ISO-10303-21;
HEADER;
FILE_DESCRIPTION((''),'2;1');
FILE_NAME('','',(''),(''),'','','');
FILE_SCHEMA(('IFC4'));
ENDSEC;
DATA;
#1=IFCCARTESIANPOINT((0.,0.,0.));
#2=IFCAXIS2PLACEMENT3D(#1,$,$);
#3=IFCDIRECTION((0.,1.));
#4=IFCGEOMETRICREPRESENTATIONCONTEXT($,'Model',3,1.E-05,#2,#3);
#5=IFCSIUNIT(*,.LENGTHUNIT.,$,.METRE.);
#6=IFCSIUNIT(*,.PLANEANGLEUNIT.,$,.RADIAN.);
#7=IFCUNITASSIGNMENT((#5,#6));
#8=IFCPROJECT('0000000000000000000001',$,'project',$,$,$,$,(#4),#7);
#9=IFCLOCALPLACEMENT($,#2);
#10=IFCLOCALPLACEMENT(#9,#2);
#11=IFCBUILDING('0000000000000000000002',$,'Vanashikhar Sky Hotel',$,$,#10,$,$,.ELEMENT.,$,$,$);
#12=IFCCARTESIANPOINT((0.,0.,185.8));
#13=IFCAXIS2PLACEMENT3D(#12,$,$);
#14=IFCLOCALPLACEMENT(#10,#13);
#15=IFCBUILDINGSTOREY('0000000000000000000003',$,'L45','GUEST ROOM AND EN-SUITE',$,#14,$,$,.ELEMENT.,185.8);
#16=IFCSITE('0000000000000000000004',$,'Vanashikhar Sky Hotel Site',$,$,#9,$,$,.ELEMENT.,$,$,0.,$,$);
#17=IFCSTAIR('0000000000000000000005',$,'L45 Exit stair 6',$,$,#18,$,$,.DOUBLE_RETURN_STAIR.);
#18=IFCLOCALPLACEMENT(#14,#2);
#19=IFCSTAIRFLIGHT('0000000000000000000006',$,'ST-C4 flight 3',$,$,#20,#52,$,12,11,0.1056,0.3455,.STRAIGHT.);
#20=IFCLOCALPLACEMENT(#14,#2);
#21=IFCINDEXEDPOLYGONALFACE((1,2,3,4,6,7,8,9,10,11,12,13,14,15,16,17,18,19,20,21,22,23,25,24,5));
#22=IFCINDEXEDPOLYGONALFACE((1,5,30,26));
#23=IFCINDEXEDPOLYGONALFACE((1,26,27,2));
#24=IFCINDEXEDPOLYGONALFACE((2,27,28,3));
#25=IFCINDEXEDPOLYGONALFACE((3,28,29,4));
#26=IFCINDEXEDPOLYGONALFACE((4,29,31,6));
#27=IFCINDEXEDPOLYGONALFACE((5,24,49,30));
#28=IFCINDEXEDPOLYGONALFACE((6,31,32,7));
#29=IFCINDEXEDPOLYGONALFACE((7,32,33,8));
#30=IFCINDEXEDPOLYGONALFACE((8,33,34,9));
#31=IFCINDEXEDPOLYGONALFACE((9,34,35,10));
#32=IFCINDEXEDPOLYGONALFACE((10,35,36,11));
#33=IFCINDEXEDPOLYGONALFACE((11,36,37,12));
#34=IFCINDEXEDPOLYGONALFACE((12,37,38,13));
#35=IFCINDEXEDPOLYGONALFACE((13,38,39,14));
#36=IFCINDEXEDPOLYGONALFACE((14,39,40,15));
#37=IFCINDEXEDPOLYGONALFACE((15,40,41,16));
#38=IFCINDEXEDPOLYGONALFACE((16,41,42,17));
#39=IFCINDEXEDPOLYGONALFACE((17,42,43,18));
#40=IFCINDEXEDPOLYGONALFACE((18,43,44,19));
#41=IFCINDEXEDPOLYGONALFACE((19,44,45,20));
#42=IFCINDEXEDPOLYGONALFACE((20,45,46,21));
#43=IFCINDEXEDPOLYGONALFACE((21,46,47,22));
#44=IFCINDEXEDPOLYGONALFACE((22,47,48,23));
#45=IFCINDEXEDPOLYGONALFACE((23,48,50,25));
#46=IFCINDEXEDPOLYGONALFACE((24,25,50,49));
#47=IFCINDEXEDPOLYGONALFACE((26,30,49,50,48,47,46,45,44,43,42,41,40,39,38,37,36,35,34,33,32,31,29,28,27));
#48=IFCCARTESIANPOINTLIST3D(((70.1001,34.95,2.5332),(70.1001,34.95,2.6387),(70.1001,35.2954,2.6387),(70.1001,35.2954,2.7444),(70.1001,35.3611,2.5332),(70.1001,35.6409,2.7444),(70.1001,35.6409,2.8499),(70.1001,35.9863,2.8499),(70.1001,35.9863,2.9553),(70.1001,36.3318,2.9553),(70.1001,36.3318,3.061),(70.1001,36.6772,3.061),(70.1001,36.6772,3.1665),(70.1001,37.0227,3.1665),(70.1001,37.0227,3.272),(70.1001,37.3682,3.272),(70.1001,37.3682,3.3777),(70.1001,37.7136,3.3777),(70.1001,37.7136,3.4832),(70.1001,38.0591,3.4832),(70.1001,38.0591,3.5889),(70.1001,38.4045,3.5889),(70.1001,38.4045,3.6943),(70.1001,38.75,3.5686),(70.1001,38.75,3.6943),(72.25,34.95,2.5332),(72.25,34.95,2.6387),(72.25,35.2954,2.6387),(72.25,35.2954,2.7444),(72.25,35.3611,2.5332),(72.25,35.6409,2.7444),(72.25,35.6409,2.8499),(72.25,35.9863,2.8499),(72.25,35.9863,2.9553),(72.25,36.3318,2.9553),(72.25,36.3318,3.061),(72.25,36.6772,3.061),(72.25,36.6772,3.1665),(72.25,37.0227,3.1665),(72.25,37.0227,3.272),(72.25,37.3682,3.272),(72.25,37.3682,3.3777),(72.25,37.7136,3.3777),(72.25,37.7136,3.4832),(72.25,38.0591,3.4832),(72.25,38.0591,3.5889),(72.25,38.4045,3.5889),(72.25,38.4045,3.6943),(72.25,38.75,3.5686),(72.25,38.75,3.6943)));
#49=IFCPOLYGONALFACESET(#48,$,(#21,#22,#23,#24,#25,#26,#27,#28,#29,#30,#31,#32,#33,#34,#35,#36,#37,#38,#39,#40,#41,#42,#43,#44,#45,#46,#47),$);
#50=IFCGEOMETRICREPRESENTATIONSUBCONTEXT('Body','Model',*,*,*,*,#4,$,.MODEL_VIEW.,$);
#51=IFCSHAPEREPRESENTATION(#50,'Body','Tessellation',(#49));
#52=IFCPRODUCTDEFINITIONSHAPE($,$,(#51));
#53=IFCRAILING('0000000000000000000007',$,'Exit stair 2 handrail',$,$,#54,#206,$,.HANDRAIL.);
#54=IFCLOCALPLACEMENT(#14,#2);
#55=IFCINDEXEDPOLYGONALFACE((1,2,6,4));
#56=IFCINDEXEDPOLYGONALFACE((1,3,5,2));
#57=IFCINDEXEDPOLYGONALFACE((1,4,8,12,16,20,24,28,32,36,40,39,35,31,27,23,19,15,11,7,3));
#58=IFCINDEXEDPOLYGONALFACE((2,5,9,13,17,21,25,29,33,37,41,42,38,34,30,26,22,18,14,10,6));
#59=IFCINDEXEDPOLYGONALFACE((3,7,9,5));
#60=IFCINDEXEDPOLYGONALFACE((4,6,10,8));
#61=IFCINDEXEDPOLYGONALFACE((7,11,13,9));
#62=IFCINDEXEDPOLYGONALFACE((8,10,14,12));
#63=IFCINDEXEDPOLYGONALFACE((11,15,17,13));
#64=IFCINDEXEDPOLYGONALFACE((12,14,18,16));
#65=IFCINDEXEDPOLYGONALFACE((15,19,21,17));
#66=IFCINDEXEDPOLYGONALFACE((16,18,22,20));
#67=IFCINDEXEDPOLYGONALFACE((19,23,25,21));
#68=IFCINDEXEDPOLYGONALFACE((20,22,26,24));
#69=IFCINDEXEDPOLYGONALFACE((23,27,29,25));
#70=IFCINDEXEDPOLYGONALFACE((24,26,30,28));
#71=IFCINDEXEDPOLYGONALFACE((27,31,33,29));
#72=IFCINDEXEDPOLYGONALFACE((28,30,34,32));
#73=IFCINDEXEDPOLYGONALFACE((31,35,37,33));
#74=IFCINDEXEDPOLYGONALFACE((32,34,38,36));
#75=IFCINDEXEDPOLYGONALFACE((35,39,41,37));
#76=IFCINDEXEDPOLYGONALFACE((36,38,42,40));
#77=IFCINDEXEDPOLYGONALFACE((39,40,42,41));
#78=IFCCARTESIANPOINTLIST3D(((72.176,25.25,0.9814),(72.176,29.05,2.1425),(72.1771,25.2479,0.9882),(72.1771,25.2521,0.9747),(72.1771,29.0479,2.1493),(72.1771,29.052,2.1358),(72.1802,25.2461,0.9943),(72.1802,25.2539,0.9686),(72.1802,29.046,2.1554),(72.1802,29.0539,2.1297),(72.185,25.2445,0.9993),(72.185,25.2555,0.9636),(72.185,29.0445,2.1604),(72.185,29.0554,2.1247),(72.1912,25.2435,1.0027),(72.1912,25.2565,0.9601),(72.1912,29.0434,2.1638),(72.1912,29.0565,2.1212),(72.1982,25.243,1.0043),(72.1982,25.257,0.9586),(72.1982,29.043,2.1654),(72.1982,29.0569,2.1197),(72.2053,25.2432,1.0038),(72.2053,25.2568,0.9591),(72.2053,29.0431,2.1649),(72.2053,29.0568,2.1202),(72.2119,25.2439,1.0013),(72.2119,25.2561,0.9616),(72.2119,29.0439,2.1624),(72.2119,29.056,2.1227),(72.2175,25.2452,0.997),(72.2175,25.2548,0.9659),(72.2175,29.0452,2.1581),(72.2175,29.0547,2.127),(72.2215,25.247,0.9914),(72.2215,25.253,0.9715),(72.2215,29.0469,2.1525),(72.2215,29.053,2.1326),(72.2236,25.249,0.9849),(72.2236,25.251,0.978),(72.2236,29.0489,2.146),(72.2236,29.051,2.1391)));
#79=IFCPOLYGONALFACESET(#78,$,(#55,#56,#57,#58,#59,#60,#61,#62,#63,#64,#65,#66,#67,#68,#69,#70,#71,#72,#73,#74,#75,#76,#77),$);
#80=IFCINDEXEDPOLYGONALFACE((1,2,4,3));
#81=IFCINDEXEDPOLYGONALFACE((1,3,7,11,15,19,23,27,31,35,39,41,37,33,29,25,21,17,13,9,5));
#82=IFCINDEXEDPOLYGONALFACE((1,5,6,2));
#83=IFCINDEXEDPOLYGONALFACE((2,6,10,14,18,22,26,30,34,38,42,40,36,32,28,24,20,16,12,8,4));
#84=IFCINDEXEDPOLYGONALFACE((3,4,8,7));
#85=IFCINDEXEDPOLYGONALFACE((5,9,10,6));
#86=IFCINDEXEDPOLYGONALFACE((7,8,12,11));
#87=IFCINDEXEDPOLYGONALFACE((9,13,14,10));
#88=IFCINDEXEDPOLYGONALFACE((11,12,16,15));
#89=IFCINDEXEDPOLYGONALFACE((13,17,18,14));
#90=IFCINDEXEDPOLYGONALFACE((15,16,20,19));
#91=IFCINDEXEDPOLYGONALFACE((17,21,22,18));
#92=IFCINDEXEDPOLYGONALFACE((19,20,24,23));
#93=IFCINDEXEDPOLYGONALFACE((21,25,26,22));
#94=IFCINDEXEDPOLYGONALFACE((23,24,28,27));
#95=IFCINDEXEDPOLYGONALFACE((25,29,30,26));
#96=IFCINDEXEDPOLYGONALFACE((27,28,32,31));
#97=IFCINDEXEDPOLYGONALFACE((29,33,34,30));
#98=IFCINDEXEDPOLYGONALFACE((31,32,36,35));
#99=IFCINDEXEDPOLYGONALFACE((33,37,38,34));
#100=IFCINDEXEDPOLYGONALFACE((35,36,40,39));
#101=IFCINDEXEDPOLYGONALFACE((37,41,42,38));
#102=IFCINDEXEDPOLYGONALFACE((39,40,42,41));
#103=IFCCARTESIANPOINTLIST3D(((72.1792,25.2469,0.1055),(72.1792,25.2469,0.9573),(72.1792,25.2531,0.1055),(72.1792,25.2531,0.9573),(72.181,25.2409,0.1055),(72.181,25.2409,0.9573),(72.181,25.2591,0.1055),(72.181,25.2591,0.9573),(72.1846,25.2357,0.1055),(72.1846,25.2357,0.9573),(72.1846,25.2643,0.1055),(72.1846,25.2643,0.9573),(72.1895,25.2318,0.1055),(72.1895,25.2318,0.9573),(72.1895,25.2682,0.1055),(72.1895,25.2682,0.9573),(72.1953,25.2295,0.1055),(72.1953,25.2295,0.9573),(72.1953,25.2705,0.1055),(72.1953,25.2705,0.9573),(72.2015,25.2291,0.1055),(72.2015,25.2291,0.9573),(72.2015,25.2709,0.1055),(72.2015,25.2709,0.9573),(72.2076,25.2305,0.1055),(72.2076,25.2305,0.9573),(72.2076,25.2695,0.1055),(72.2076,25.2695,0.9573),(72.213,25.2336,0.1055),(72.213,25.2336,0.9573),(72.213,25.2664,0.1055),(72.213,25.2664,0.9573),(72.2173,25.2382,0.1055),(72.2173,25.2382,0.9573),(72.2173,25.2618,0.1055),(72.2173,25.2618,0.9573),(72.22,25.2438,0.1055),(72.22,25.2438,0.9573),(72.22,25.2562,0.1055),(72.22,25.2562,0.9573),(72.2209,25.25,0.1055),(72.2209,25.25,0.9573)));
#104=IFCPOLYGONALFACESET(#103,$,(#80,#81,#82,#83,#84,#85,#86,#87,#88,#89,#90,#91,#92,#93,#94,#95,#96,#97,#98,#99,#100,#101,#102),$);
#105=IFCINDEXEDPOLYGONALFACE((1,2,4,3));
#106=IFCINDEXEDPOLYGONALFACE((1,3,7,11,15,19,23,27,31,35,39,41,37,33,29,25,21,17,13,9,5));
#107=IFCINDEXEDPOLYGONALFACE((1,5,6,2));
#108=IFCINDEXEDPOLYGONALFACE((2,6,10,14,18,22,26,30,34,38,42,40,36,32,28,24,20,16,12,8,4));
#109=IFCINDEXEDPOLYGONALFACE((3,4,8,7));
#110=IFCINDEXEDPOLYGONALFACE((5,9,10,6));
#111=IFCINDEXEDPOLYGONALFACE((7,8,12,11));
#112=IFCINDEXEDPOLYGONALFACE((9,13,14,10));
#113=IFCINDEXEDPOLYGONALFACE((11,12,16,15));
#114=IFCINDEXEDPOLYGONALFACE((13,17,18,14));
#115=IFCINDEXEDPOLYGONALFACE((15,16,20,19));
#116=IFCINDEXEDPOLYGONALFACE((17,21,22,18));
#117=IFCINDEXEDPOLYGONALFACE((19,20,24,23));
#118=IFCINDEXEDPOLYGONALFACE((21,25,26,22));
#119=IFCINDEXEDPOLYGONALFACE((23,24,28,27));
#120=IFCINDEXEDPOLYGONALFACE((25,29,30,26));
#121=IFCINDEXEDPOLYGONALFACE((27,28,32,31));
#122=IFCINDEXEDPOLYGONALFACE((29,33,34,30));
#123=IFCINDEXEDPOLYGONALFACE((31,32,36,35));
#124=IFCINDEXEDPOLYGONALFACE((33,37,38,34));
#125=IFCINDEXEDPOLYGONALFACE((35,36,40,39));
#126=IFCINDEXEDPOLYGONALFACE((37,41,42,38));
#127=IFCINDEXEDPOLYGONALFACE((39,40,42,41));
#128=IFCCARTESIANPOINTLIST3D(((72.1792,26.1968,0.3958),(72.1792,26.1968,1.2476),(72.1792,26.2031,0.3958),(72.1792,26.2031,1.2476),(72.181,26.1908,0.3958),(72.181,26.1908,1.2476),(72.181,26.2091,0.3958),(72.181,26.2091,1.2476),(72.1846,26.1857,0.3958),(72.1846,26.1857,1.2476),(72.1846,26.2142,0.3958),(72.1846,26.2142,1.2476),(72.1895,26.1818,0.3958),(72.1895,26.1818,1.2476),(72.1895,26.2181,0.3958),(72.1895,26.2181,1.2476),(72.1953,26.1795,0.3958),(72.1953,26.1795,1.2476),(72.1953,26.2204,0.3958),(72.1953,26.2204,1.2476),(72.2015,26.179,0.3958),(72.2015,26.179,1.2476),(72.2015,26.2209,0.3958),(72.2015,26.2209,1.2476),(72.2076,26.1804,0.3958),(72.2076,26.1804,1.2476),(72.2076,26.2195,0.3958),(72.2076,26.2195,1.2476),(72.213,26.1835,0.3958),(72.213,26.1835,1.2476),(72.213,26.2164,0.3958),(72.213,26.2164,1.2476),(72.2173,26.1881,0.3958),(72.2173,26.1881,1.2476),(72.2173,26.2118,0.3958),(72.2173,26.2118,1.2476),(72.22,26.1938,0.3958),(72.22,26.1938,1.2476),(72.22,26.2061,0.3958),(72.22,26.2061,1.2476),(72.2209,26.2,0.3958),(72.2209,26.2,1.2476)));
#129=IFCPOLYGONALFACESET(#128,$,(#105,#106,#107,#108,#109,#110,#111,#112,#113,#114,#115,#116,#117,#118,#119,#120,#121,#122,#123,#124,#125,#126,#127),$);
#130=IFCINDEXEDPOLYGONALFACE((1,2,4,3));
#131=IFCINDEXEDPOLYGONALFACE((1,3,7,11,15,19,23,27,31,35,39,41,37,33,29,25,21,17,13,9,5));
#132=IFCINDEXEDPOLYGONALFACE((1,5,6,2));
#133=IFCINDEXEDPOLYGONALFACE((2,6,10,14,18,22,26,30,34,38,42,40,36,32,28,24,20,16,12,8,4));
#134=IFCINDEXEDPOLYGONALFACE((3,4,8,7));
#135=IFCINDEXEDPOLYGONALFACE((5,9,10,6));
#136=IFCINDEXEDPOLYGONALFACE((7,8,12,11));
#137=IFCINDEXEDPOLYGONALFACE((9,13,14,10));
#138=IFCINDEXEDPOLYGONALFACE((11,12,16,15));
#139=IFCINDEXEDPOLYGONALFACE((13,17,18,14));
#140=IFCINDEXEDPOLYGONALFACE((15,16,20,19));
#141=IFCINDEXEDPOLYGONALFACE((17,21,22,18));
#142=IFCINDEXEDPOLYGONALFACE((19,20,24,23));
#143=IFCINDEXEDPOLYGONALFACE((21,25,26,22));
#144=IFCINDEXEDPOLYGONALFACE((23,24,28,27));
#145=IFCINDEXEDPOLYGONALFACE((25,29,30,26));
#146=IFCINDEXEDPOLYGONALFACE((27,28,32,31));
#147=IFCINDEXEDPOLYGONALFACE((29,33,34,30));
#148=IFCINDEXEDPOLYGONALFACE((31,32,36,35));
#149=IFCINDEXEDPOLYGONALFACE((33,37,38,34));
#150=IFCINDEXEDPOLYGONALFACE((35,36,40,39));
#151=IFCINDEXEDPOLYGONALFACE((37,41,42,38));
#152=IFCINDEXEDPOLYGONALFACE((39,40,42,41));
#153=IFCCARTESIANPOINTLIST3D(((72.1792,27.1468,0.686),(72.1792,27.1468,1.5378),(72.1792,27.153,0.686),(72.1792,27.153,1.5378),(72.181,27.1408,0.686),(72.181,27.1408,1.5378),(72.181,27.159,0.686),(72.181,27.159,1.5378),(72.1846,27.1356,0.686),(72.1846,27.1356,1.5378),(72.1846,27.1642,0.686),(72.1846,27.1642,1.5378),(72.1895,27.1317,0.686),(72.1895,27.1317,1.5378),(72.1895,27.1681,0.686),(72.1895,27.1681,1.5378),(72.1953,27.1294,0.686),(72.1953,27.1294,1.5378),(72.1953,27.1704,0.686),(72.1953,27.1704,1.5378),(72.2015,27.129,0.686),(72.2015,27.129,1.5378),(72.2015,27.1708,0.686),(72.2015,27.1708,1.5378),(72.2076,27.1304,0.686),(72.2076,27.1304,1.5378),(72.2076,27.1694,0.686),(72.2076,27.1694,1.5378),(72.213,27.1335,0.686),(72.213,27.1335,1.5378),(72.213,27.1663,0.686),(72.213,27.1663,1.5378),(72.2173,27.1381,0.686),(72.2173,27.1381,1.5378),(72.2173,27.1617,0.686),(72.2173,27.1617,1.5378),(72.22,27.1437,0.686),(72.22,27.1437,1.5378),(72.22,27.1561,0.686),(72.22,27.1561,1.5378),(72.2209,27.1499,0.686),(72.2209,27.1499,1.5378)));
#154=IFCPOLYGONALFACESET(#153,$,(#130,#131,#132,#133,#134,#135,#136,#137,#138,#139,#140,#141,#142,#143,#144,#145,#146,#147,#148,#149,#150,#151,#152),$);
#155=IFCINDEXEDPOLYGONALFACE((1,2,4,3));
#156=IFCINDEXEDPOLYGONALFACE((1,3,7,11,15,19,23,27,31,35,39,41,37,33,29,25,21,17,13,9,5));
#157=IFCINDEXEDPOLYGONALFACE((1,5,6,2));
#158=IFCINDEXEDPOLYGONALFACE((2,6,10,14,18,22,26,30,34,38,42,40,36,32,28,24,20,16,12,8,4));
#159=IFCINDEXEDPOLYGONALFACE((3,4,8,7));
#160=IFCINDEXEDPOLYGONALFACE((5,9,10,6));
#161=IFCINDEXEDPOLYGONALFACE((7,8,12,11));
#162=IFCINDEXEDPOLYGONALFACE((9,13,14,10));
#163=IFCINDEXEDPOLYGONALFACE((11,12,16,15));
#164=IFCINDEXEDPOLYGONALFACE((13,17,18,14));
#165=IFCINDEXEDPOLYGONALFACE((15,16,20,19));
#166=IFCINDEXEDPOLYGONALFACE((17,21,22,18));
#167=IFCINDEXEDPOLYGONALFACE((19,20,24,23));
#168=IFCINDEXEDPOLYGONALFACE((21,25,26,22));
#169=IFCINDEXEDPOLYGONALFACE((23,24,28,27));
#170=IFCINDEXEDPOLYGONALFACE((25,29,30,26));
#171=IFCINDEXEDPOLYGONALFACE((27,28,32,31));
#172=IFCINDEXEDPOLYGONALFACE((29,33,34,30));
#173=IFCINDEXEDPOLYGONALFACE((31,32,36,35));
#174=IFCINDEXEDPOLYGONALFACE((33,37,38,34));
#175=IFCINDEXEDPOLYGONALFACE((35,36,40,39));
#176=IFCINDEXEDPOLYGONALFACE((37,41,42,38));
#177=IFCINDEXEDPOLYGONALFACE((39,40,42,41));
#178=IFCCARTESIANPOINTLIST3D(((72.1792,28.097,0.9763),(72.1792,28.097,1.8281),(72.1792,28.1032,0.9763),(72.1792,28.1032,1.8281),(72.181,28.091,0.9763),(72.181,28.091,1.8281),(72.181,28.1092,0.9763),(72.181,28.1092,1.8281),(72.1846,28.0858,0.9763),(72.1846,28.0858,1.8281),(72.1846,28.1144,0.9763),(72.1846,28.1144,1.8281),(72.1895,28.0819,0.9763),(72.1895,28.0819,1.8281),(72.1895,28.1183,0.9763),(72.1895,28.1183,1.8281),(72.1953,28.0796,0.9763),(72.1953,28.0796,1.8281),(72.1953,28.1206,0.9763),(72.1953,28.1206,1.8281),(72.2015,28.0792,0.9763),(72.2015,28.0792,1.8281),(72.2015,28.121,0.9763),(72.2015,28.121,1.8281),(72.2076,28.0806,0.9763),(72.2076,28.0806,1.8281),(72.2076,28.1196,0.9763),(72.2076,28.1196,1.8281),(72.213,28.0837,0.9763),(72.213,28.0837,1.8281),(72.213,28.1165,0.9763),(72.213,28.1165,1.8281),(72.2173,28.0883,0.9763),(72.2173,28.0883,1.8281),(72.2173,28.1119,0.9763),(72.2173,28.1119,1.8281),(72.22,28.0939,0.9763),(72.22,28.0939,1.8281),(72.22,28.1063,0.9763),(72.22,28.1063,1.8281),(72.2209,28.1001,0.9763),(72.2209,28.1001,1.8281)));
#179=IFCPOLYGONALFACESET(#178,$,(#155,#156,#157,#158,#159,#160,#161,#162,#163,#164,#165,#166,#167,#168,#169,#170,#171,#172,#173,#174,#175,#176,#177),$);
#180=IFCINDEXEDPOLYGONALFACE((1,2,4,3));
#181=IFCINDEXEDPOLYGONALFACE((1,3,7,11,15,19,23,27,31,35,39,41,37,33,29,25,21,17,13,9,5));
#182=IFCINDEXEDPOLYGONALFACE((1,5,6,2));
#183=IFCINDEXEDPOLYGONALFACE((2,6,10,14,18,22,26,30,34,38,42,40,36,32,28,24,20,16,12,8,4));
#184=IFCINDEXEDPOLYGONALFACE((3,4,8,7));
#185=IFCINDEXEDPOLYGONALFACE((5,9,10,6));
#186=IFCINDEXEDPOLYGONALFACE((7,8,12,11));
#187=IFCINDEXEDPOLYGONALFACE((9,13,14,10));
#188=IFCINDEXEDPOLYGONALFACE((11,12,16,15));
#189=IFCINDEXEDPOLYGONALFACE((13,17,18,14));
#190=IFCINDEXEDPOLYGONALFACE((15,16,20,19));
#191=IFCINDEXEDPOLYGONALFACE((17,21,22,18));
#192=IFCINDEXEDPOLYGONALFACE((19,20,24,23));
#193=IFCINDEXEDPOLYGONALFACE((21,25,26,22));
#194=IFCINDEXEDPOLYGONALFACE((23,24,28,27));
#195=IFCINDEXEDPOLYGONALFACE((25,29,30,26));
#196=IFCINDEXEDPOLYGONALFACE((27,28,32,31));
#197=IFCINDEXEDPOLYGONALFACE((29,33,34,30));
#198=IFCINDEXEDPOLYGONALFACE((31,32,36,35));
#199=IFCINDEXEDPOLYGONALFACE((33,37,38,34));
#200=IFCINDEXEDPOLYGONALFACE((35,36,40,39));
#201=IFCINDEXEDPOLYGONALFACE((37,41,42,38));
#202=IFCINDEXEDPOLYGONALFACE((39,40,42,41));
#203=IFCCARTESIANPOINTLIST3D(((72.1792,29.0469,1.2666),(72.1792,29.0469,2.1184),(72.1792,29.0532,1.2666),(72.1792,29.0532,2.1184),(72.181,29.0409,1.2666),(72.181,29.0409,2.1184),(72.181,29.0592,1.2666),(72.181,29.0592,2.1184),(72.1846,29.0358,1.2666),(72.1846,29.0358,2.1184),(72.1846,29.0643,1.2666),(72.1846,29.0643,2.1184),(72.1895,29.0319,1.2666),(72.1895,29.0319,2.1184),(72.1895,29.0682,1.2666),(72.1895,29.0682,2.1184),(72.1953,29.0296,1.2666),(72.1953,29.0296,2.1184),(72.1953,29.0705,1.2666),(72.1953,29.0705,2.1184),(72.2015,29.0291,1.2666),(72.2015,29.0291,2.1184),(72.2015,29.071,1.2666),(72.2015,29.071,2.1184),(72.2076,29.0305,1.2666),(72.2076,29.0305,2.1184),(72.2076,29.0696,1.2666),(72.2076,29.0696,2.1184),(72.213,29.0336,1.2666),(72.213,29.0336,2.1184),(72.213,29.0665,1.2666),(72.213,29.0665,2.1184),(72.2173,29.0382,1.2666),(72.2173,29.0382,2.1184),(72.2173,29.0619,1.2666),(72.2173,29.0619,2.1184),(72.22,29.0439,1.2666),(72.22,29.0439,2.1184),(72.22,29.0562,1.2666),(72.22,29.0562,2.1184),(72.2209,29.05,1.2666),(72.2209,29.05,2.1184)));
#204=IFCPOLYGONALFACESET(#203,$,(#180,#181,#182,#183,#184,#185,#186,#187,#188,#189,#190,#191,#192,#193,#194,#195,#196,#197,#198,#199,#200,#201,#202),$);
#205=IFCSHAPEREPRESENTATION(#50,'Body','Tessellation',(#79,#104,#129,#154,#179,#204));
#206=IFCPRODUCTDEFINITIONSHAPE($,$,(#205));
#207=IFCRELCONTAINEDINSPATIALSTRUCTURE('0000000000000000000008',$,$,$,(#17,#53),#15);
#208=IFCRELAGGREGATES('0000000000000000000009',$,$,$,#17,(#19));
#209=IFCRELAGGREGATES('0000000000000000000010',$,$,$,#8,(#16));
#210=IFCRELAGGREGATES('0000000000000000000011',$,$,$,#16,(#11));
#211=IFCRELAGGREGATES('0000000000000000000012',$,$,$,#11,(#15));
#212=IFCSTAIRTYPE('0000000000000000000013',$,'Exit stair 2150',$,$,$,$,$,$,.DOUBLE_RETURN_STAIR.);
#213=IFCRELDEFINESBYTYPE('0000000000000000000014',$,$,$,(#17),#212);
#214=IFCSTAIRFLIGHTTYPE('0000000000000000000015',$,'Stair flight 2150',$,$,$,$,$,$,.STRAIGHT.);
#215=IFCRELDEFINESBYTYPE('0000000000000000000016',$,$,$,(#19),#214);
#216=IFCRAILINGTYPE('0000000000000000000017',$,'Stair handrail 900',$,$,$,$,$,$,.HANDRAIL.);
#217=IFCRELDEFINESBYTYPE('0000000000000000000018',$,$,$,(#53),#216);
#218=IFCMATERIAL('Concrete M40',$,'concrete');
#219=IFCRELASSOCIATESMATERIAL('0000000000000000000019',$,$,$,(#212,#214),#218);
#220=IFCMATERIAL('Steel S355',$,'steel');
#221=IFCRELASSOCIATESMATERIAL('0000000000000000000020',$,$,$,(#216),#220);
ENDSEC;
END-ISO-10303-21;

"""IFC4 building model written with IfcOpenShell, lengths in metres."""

from ifc_helpers import new_model, si_unit, direction, frame, origin, origin_2d, place, context, subcontext, project, spatial, polyline, circle, outline, extrude, source, transform, mapped, material, type_object, element, aggregate, save


model = new_model("IFC4")

# Units and contexts
model_context = context("Model", 3, precision=1e-05, world=origin(), true_north=direction((0.0, 1.0)))
body_context = subcontext(model_context, "Body", "Model", "MODEL_VIEW")
ifc_project = project(units=[si_unit("LENGTHUNIT", "METRE"), si_unit("PLANEANGLEUNIT", "RADIAN")], contexts=[model_context])

# Site, building, storey
site_placement = place(None, origin())
site = spatial("IfcSite", under=ifc_project, at=site_placement, Name="Vanashikhar Sky Hotel Site", CompositionType="ELEMENT", RefElevation=0.0)
building_placement = place(site_placement, origin())
building = spatial("IfcBuilding", under=site, at=building_placement, Name="Vanashikhar Sky Hotel", CompositionType="ELEMENT")
storey_placement = place(building_placement, frame((0.0, 0.0, 185.8)))
storey = spatial("IfcBuildingStorey", under=building, at=storey_placement, Name="L45", Description="GUEST ROOM AND EN-SUITE", CompositionType="ELEMENT", Elevation=185.8)

# Shared definitions
ifc_material_1 = material(Name="Concrete M40", Category="concrete")

# Stair, stair flight
stair_type = type_object("IfcStairType", Name="Exit stair 2150", PredefinedType="DOUBLE_RETURN_STAIR", material=ifc_material_1)
stair_flight_type = type_object("IfcStairFlightType", Name="Stair flight 2150", PredefinedType="STRAIGHT", material=ifc_material_1)
shared_shape_1 = source(origin(), body_context, "Body", "SweptSolid", [
    extrude(outline(polyline([(0.0, 0.0), (0.0, 0.1055), (0.3455, 0.1055), (0.3455, 0.2112), (0.6909, 0.2112), (0.6909, 0.3167), (1.0364, 0.3167), (1.0364, 0.4221), (1.3818, 0.4221), (1.3818, 0.5278), (1.7273, 0.5278), (1.7273, 0.6333), (2.0728, 0.6333), (2.0728, 0.7388), (2.4182, 0.7388), (2.4182, 0.8445), (2.7637, 0.8445), (2.7637, 0.95), (3.1091, 0.95), (3.1091, 1.0557), (3.4546, 1.0557), (3.4546, 1.1611), (3.8, 1.1611), (3.8, 1.2666), (3.8, 1.0354), (0.4111, 0.0), (0.0, 0.0)])), frame((0.0, 1.075, 0.0), z_axis=(0.0, -1.0, 0.0), x_axis=(1.0, 0.0, 0.0)), (0.0, 0.0, 1.0), 2.1499),
])
stair_1_placement = place(storey_placement, origin())
stair_1 = element("IfcStair", 1, at=stair_1_placement, inside=storey, type_object=stair_type, Name="L45 Exit stair 6", PredefinedType="DOUBLE_RETURN_STAIR")
stair_flight_1_placement = place(storey_placement, frame((71.175, 34.95, 2.5332), z_axis=(0.0, 0.0, 1.0), x_axis=(0.0, 1.0, 0.0)))
stair_flight_1 = element("IfcStairFlight", 2, at=stair_flight_1_placement, type_object=stair_flight_type, Name="ST-C4 flight 3", NumberOfRisers=12, NumberOfTreads=11, PredefinedType="STRAIGHT", RiserHeight=0.1056, TreadLength=0.3455, context=body_context, shape_type="MappedRepresentation", body=[
    mapped(shared_shape_1, transform((0.0, 0.0, 0.0), scale=1.0)),
])
aggregate(stair_1, [stair_flight_1])

# Railing
ifc_material_2 = material(Name="Steel S355", Category="steel")
railing_type_1 = type_object("IfcRailingType", Name="Stair handrail 900", PredefinedType="HANDRAIL", material=ifc_material_2)
shared_shape_2 = source(origin(), body_context, "Body", "SweptSolid", [
    extrude(circle(Radius=0.0239, at=origin_2d()), frame((0.0, 0.0, 0.876), z_axis=(0.0, 0.956351, 0.29222), x_axis=(-1.0, 0.0, 0.0)), (0.0, 0.0, 1.0), 3.9734),
    extrude(circle(Radius=0.021, at=origin_2d()), origin(), (0.0, 0.0, 1.0), 0.8518),
    extrude(circle(Radius=0.021, at=origin_2d()), frame((0.0, 0.95, 0.2903)), (0.0, 0.0, 1.0), 0.8518),
    extrude(circle(Radius=0.021, at=origin_2d()), frame((0.0, 1.8999, 0.5806)), (0.0, 0.0, 1.0), 0.8518),
    extrude(circle(Radius=0.021, at=origin_2d()), frame((0.0, 2.8501, 0.8708)), (0.0, 0.0, 1.0), 0.8518),
    extrude(circle(Radius=0.021, at=origin_2d()), frame((0.0, 3.8, 1.1611)), (0.0, 0.0, 1.0), 0.8518),
])
for number, where, name in (
    (3, (72.2, 25.25, 0.1055), "Exit stair 2 handrail"),
):
    element("IfcRailing", number, at=place(storey_placement, frame(where)), inside=storey, type_object=railing_type_1, Name=name, PredefinedType="HANDRAIL", context=body_context, shape_type="MappedRepresentation", body=[
        mapped(shared_shape_2, transform((0.0, 0.0, 0.0), scale=1.0)),
    ])

save(model, "model.ifc")
